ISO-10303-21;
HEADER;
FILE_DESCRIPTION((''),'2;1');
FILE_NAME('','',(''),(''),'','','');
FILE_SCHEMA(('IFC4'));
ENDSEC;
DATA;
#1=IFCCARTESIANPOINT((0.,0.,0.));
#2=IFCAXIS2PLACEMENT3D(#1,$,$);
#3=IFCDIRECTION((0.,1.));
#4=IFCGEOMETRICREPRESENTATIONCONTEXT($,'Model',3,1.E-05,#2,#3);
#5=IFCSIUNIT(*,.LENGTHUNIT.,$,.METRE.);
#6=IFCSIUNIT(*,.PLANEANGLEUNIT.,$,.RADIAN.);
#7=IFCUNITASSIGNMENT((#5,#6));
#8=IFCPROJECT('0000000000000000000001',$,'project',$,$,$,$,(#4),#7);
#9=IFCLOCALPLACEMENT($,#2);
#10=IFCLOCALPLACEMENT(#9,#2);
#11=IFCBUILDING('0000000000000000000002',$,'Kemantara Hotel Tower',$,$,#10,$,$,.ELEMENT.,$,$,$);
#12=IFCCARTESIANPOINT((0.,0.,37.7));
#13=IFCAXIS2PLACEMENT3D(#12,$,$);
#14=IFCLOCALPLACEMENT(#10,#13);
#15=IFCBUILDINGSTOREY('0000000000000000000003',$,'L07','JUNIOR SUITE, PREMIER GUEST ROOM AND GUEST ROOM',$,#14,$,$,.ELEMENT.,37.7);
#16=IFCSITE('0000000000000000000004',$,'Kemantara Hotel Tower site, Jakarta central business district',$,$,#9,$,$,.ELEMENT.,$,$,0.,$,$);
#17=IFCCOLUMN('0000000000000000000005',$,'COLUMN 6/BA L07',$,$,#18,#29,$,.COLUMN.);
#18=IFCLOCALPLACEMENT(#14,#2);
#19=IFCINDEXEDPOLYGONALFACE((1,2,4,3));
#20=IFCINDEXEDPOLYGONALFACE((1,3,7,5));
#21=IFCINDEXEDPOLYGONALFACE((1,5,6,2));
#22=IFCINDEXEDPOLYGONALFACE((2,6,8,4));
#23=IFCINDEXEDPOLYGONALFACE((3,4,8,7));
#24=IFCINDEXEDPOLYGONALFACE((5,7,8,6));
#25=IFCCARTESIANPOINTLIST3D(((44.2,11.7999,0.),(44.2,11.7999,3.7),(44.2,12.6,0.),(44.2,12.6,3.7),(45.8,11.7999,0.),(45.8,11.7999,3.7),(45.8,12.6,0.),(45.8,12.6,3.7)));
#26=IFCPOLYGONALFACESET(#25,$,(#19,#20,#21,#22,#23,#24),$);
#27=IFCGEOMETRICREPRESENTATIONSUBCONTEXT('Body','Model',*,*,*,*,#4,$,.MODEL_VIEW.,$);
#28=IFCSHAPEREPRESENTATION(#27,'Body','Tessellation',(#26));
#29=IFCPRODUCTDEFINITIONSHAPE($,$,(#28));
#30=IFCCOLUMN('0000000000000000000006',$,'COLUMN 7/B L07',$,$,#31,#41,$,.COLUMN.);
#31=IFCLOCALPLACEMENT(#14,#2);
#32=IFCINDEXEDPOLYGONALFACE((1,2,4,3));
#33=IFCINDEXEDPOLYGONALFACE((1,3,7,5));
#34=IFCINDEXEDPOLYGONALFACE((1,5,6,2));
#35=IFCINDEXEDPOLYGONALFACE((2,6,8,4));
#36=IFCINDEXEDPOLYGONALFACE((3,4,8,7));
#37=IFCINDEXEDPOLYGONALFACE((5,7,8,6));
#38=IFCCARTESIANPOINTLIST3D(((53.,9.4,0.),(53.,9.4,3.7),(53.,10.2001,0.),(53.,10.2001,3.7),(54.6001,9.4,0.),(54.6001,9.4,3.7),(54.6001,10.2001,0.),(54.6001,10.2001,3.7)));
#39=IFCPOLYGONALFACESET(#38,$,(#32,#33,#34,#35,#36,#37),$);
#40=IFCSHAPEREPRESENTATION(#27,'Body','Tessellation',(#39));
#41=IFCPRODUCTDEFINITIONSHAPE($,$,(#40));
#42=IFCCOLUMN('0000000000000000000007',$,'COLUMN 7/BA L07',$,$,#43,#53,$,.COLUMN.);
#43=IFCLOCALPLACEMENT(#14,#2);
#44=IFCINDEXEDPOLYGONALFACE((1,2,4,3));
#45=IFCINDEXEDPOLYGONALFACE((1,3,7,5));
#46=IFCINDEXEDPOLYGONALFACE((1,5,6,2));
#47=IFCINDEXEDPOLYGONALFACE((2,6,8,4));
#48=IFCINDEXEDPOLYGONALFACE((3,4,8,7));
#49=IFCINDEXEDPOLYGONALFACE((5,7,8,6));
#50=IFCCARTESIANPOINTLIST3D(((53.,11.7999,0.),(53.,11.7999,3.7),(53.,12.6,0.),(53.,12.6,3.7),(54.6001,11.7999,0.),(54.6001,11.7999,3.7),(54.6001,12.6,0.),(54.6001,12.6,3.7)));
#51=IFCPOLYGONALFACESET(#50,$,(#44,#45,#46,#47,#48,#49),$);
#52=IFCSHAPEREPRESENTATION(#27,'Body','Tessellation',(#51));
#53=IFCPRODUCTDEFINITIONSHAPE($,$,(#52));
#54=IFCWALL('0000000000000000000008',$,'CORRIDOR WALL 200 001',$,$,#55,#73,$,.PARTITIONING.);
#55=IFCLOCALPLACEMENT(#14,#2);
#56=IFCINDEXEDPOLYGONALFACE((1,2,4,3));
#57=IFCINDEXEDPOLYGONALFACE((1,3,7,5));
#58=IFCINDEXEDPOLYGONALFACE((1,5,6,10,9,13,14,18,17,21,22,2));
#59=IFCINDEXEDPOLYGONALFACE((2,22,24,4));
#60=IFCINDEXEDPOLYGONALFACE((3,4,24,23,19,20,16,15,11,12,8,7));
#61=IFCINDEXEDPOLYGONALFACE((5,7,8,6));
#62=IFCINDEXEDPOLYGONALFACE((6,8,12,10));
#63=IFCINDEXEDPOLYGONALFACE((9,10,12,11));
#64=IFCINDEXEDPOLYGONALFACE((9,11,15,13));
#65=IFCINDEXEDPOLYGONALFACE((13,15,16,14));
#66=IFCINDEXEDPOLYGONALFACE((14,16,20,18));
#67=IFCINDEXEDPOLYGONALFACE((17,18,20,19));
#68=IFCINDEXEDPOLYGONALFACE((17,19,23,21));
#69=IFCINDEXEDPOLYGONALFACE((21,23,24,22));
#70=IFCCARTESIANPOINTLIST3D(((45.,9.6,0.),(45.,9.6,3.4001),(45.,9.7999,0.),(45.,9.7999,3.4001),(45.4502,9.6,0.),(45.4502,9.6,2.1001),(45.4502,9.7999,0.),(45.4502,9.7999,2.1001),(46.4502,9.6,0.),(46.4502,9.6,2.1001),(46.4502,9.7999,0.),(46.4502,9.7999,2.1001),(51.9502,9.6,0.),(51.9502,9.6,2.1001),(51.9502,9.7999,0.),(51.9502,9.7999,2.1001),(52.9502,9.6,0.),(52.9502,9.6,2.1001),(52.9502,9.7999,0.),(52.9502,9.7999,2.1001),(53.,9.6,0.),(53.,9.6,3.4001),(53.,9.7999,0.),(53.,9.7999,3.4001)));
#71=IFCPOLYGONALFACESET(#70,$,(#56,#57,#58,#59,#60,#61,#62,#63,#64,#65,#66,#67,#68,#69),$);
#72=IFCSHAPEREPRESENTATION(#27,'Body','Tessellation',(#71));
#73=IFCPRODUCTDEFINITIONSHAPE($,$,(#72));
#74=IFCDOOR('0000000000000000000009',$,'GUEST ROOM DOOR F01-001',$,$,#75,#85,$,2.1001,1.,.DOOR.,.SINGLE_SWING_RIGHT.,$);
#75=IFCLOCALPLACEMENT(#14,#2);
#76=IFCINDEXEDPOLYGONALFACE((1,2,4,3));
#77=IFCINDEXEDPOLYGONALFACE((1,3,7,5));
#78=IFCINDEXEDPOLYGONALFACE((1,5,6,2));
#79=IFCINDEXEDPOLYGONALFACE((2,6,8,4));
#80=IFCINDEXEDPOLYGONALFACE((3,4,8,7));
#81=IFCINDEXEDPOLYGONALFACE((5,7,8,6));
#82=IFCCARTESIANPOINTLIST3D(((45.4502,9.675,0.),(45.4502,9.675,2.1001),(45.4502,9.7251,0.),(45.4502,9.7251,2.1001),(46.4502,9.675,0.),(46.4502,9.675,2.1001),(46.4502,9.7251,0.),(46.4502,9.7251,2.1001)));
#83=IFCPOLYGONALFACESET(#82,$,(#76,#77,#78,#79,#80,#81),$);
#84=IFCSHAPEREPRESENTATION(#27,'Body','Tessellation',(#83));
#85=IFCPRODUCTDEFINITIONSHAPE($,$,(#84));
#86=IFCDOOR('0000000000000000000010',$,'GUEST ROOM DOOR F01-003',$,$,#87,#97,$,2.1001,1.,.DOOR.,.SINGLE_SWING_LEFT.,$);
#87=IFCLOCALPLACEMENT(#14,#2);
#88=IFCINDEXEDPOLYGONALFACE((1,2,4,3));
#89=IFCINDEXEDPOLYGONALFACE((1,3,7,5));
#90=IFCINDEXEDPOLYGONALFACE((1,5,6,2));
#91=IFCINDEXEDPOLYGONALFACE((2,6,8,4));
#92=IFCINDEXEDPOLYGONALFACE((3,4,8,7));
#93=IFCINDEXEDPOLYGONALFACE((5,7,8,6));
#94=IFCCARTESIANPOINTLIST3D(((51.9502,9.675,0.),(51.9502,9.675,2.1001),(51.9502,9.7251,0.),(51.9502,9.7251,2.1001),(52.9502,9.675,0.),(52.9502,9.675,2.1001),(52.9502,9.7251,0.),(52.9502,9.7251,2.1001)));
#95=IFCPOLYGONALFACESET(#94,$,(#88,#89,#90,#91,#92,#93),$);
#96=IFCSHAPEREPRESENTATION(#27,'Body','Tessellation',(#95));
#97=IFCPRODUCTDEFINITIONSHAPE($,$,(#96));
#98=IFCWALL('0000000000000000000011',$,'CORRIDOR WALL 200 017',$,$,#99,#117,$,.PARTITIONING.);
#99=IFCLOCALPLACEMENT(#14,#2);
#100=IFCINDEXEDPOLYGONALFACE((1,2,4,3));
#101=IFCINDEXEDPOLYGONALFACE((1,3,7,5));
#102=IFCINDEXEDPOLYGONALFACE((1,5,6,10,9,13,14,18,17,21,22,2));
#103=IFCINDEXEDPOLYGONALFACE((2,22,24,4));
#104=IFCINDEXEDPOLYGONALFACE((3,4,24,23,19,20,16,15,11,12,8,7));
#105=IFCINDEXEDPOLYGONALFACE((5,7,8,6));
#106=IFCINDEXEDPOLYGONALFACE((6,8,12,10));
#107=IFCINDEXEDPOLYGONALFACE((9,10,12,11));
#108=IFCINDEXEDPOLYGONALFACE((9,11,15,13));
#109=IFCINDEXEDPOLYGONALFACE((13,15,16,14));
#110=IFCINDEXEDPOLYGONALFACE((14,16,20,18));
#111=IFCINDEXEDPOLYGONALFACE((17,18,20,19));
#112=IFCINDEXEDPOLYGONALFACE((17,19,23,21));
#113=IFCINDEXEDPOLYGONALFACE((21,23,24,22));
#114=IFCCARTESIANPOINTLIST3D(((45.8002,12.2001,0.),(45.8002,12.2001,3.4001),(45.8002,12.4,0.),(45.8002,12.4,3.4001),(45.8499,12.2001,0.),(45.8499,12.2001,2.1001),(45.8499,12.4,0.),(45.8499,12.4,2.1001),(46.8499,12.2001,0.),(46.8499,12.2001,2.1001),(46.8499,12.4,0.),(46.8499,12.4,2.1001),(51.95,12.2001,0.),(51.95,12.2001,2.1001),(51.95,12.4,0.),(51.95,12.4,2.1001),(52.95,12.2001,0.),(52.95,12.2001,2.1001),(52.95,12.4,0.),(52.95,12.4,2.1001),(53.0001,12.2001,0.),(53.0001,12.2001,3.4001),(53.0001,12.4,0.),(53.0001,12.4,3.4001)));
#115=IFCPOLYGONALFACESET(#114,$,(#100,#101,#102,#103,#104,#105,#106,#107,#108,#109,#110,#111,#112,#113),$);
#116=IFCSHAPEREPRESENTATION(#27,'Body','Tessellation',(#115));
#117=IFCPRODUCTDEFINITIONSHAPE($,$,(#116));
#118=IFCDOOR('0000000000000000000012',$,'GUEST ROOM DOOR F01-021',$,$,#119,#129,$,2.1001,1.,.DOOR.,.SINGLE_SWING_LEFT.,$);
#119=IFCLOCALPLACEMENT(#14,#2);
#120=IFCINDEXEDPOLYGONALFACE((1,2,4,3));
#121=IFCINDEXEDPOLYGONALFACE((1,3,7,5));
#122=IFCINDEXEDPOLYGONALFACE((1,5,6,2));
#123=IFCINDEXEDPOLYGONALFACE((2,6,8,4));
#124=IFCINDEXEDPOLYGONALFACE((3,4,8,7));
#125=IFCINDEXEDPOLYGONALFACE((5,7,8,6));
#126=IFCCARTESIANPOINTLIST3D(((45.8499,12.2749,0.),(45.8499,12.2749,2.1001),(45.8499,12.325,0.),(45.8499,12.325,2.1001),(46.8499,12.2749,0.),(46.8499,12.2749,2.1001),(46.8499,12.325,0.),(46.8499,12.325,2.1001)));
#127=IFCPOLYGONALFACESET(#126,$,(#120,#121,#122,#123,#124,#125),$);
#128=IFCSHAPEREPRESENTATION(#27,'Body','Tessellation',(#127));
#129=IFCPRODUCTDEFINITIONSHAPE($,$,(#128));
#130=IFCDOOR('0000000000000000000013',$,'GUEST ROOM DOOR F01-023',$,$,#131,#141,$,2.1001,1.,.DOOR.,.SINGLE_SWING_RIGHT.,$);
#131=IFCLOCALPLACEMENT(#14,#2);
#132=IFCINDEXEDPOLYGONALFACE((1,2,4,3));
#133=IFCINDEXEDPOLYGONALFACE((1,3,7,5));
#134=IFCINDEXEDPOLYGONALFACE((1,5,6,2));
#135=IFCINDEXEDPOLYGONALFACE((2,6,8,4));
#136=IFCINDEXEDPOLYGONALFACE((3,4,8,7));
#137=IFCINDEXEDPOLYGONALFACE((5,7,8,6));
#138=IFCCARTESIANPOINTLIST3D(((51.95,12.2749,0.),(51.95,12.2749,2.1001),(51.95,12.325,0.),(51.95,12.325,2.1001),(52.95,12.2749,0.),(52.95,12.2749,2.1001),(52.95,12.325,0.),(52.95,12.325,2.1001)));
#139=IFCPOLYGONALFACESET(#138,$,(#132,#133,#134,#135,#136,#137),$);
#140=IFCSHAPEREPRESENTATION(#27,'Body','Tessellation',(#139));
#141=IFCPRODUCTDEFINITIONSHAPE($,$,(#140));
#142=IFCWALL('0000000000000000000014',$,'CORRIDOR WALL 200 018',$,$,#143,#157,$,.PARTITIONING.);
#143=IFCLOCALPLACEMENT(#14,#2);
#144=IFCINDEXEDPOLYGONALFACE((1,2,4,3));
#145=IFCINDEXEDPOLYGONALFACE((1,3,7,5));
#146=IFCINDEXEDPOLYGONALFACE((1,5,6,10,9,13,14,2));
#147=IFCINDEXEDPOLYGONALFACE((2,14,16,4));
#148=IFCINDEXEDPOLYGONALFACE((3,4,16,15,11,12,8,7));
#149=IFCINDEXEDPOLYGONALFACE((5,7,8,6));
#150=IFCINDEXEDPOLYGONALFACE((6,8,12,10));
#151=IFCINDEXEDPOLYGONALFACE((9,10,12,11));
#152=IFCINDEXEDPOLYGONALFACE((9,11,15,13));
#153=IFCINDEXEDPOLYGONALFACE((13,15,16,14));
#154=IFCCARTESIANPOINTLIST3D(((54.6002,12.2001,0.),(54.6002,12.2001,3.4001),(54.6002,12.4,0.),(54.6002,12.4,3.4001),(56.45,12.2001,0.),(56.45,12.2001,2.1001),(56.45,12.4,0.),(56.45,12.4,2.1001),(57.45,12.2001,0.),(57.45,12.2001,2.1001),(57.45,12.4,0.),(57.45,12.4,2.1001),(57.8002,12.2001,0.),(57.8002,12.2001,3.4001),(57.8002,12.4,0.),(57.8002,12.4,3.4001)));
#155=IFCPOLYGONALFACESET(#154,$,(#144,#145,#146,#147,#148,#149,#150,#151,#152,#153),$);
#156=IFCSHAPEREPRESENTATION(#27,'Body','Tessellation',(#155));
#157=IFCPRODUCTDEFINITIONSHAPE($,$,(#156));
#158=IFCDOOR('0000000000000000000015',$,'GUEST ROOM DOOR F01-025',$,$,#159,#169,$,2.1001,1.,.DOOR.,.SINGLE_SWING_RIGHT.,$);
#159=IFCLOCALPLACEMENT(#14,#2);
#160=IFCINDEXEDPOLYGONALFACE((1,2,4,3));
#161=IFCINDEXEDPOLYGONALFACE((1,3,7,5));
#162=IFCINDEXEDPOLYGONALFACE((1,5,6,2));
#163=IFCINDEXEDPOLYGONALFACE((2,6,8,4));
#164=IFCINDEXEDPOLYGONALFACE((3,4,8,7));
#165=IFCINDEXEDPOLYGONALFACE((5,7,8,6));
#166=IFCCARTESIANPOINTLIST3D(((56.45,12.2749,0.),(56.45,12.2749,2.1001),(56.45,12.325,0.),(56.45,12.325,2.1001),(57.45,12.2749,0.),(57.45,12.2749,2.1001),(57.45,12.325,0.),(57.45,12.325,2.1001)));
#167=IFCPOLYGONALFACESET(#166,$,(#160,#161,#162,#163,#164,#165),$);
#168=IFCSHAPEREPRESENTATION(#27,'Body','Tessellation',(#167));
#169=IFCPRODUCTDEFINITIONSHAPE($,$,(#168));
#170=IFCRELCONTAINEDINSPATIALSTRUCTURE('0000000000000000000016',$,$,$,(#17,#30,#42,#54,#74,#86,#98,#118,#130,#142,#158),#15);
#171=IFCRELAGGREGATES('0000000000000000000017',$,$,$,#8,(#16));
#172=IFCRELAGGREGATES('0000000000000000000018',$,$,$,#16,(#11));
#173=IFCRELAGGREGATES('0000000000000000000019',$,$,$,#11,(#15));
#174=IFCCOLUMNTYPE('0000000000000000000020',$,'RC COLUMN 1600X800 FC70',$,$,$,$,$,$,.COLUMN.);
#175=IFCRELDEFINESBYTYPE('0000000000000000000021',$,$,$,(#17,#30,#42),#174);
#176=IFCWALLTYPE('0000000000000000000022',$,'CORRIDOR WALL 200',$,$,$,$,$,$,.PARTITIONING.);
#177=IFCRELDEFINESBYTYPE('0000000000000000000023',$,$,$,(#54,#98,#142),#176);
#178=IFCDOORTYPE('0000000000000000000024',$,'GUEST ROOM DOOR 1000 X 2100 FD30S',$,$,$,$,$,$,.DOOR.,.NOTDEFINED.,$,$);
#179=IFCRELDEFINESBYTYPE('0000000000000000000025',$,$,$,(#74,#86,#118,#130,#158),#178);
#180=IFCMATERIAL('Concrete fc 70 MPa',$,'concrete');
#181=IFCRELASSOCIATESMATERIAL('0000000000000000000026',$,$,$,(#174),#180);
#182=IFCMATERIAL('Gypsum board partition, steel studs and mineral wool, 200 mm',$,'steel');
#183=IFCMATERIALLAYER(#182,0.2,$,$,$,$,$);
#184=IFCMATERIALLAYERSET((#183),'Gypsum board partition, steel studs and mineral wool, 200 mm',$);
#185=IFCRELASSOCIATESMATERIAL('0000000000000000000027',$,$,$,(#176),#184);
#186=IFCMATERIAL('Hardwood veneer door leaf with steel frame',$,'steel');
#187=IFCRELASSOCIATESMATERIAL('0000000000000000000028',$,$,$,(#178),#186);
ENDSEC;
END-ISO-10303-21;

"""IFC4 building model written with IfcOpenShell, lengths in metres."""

from ifc_helpers import new_model, si_unit, direction, frame, frame_2d, origin, origin_2d, place, context, subcontext, project, spatial, rectangle, extrude, material, layer, layer_set, material_profile, profile_set, type_object, element, fill, save


model = new_model("IFC4")

# Units and contexts
model_context = context("Model", 3, precision=1e-05, world=origin(), true_north=direction((0.0, 1.0)))
body_context = subcontext(model_context, "Body", "Model", "MODEL_VIEW")
ifc_project = project(units=[si_unit("LENGTHUNIT", "METRE"), si_unit("PLANEANGLEUNIT", "RADIAN")], contexts=[model_context])

# Site, building, storey
site_placement = place(None, origin())
site = spatial("IfcSite", under=ifc_project, at=site_placement, Name="Kemantara Hotel Tower site, Jakarta central business district", CompositionType="ELEMENT", RefElevation=0.0)
building_placement = place(site_placement, origin())
building = spatial("IfcBuilding", under=site, at=building_placement, Name="Kemantara Hotel Tower", CompositionType="ELEMENT")
storey_placement = place(building_placement, frame((0.0, 0.0, 37.7)))
storey = spatial("IfcBuildingStorey", under=building, at=storey_placement, Name="L07", Description="JUNIOR SUITE, PREMIER GUEST ROOM AND GUEST ROOM", CompositionType="ELEMENT", Elevation=37.7)

# Columns
ifc_material_1 = material(Name="Concrete fc 70 MPa", Category="concrete")
ifc_material_profile = material_profile(ifc_material_1, rectangle(XDim=1.6001, YDim=0.8, at=origin_2d()), Name="RC 1600X800")
ifc_profile_set = profile_set([ifc_material_profile], Name="Concrete fc 70 MPa")
column_type = type_object("IfcColumnType", Name="RC COLUMN 1600X800 FC70", PredefinedType="COLUMN", material=ifc_profile_set)
for number, where, z_axis, x_axis, name in (
    (1, (45.0, 12.2, 0.0), (0.0, 0.0, 1.0), (1.0, 0.0, 0.0), "COLUMN 6/BA L07"),
    (2, (53.8, 9.8, 0.0), (0.0, 0.0, 1.0), (1.0, 0.0, 0.0), "COLUMN 7/B L07"),
    (3, (53.8, 12.2, 0.0), (0.0, 0.0, 1.0), (1.0, 0.0, 0.0), "COLUMN 7/BA L07"),
):
    element("IfcColumn", number, at=place(storey_placement, frame(where, z_axis=z_axis, x_axis=x_axis)), inside=storey, type_object=column_type, Name=name, PredefinedType="COLUMN", context=body_context, shape_type="SweptSolid", body=[
        extrude(rectangle(XDim=1.6001, YDim=0.8, at=origin_2d()), origin(), (0.0, 0.0, 1.0), 3.7),
    ])

# Walls, openings, doors
ifc_material_2 = material(Name="Gypsum board partition, steel studs and mineral wool, 200 mm", Category="steel")
ifc_layer_1 = layer(ifc_material_2, 0.2)
ifc_layer_set_1 = layer_set([ifc_layer_1], Name="Gypsum board partition, steel studs and mineral wool, 200 mm")
wall_type_1 = type_object("IfcWallType", Name="CORRIDOR WALL 200", PredefinedType="PARTITIONING", material=ifc_layer_set_1)
wall_1_placement = place(storey_placement, frame((53.0, 9.7, 0.0), z_axis=(0.0, 0.0, 1.0), x_axis=(-1.0, 0.0, 0.0)))
wall_1 = element("IfcWall", 4, at=wall_1_placement, inside=storey, type_object=wall_type_1, Name="CORRIDOR WALL 200 001", PredefinedType="PARTITIONING", context=body_context, shape_type="SweptSolid", body=[
    extrude(rectangle(XDim=8.0, YDim=0.2, at=frame_2d((4.0, 0.0))), origin(), (0.0, 0.0, 1.0), 3.4001),
])
opening_1_placement = place(wall_1_placement, frame((6.5498, 0.0, 0.0)))
opening_1 = element("IfcOpeningElement", 5, at=opening_1_placement, cuts=wall_1, PredefinedType="OPENING", context=body_context, shape_type="SweptSolid", body=[
    extrude(rectangle(XDim=1.0, YDim=2.1001, at=frame_2d((0.5, 1.05))), frame((0.0, 0.1099, 0.0), z_axis=(0.0, -1.0, 0.0), x_axis=(1.0, 0.0, 0.0)), (0.0, 0.0, 1.0), 0.22),
])
opening_2_placement = place(wall_1_placement, frame((0.0498, 0.0, 0.0)))
opening_2 = element("IfcOpeningElement", 6, at=opening_2_placement, cuts=wall_1, PredefinedType="OPENING", context=body_context, shape_type="SweptSolid", body=[
    extrude(rectangle(XDim=1.0, YDim=2.1001, at=frame_2d((0.5, 1.05))), frame((0.0, 0.1099, 0.0), z_axis=(0.0, -1.0, 0.0), x_axis=(1.0, 0.0, 0.0)), (0.0, 0.0, 1.0), 0.22),
])
ifc_material_3 = material(Name="Hardwood veneer door leaf with steel frame", Category="steel")
door_type_1 = type_object("IfcDoorType", Name="GUEST ROOM DOOR 1000 X 2100 FD30S", OperationType="NOTDEFINED", PredefinedType="DOOR", material=ifc_material_3)
door_1_placement = place(opening_1_placement, origin())
door_1 = element("IfcDoor", 7, at=door_1_placement, inside=storey, type_object=door_type_1, Name="GUEST ROOM DOOR F01-001", OperationType="SINGLE_SWING_RIGHT", OverallHeight=2.1001, OverallWidth=1.0, PredefinedType="DOOR", context=body_context, shape_type="SweptSolid", body=[
    extrude(rectangle(XDim=1.0, YDim=2.1001, at=frame_2d((0.5, 1.05))), frame((0.0, 0.0249, 0.0), z_axis=(0.0, -1.0, 0.0), x_axis=(1.0, 0.0, 0.0)), (0.0, 0.0, 1.0), 0.05),
])
fill(opening_1, door_1)
door_2_placement = place(opening_2_placement, origin())
door_2 = element("IfcDoor", 8, at=door_2_placement, inside=storey, type_object=door_type_1, Name="GUEST ROOM DOOR F01-003", OperationType="SINGLE_SWING_LEFT", OverallHeight=2.1001, OverallWidth=1.0, PredefinedType="DOOR", context=body_context, shape_type="SweptSolid", body=[
    extrude(rectangle(XDim=1.0, YDim=2.1001, at=frame_2d((0.5, 1.05))), frame((0.0, 0.0249, 0.0), z_axis=(0.0, -1.0, 0.0), x_axis=(1.0, 0.0, 0.0)), (0.0, 0.0, 1.0), 0.05),
])
fill(opening_2, door_2)
wall_2_placement = place(storey_placement, frame((45.8, 12.3, 0.0), z_axis=(0.0, 0.0, 1.0), x_axis=(1.0, 0.0, 0.0)))
wall_2 = element("IfcWall", 9, at=wall_2_placement, inside=storey, type_object=wall_type_1, Name="CORRIDOR WALL 200 017", PredefinedType="PARTITIONING", context=body_context, shape_type="SweptSolid", body=[
    extrude(rectangle(XDim=7.2, YDim=0.2, at=frame_2d((3.6001, 0.0))), origin(), (0.0, 0.0, 1.0), 3.4001),
])
opening_3_placement = place(wall_2_placement, frame((0.0498, 0.0, 0.0)))
opening_3 = element("IfcOpeningElement", 10, at=opening_3_placement, cuts=wall_2, PredefinedType="OPENING", context=body_context, shape_type="SweptSolid", body=[
    extrude(rectangle(XDim=1.0, YDim=2.1001, at=frame_2d((0.5, 1.05))), frame((0.0, 0.1099, 0.0), z_axis=(0.0, -1.0, 0.0), x_axis=(1.0, 0.0, 0.0)), (0.0, 0.0, 1.0), 0.22),
])
opening_4_placement = place(wall_2_placement, frame((6.1499, 0.0, 0.0)))
opening_4 = element("IfcOpeningElement", 11, at=opening_4_placement, cuts=wall_2, PredefinedType="OPENING", context=body_context, shape_type="SweptSolid", body=[
    extrude(rectangle(XDim=1.0, YDim=2.1001, at=frame_2d((0.5, 1.05))), frame((0.0, 0.1099, 0.0), z_axis=(0.0, -1.0, 0.0), x_axis=(1.0, 0.0, 0.0)), (0.0, 0.0, 1.0), 0.22),
])
door_3_placement = place(opening_3_placement, origin())
door_3 = element("IfcDoor", 12, at=door_3_placement, inside=storey, type_object=door_type_1, Name="GUEST ROOM DOOR F01-021", OperationType="SINGLE_SWING_LEFT", OverallHeight=2.1001, OverallWidth=1.0, PredefinedType="DOOR", context=body_context, shape_type="SweptSolid", body=[
    extrude(rectangle(XDim=1.0, YDim=2.1001, at=frame_2d((0.5, 1.05))), frame((0.0, 0.0249, 0.0), z_axis=(0.0, -1.0, 0.0), x_axis=(1.0, 0.0, 0.0)), (0.0, 0.0, 1.0), 0.05),
])
fill(opening_3, door_3)
door_4_placement = place(opening_4_placement, origin())
door_4 = element("IfcDoor", 13, at=door_4_placement, inside=storey, type_object=door_type_1, Name="GUEST ROOM DOOR F01-023", OperationType="SINGLE_SWING_RIGHT", OverallHeight=2.1001, OverallWidth=1.0, PredefinedType="DOOR", context=body_context, shape_type="SweptSolid", body=[
    extrude(rectangle(XDim=1.0, YDim=2.1001, at=frame_2d((0.5, 1.05))), frame((0.0, 0.0249, 0.0), z_axis=(0.0, -1.0, 0.0), x_axis=(1.0, 0.0, 0.0)), (0.0, 0.0, 1.0), 0.05),
])
fill(opening_4, door_4)

# Wall, opening, door
wall_3_placement = place(storey_placement, frame((54.6001, 12.3, 0.0), z_axis=(0.0, 0.0, 1.0), x_axis=(1.0, 0.0, 0.0)))
wall_3 = element("IfcWall", 14, at=wall_3_placement, inside=storey, type_object=wall_type_1, Name="CORRIDOR WALL 200 018", PredefinedType="PARTITIONING", context=body_context, shape_type="SweptSolid", body=[
    extrude(rectangle(XDim=3.2, YDim=0.2, at=frame_2d((1.6001, 0.0))), origin(), (0.0, 0.0, 1.0), 3.4001),
])
opening_5_placement = place(wall_3_placement, frame((1.8499, 0.0, 0.0)))
opening_5 = element("IfcOpeningElement", 15, at=opening_5_placement, cuts=wall_3, PredefinedType="OPENING", context=body_context, shape_type="SweptSolid", body=[
    extrude(rectangle(XDim=1.0, YDim=2.1001, at=frame_2d((0.5, 1.05))), frame((0.0, 0.1099, 0.0), z_axis=(0.0, -1.0, 0.0), x_axis=(1.0, 0.0, 0.0)), (0.0, 0.0, 1.0), 0.22),
])
door_5_placement = place(opening_5_placement, origin())
door_5 = element("IfcDoor", 16, at=door_5_placement, inside=storey, type_object=door_type_1, Name="GUEST ROOM DOOR F01-025", OperationType="SINGLE_SWING_RIGHT", OverallHeight=2.1001, OverallWidth=1.0, PredefinedType="DOOR", context=body_context, shape_type="SweptSolid", body=[
    extrude(rectangle(XDim=1.0, YDim=2.1001, at=frame_2d((0.5, 1.05))), frame((0.0, 0.0249, 0.0), z_axis=(0.0, -1.0, 0.0), x_axis=(1.0, 0.0, 0.0)), (0.0, 0.0, 1.0), 0.05),
])
fill(opening_5, door_5)

save(model, "model.ifc")
